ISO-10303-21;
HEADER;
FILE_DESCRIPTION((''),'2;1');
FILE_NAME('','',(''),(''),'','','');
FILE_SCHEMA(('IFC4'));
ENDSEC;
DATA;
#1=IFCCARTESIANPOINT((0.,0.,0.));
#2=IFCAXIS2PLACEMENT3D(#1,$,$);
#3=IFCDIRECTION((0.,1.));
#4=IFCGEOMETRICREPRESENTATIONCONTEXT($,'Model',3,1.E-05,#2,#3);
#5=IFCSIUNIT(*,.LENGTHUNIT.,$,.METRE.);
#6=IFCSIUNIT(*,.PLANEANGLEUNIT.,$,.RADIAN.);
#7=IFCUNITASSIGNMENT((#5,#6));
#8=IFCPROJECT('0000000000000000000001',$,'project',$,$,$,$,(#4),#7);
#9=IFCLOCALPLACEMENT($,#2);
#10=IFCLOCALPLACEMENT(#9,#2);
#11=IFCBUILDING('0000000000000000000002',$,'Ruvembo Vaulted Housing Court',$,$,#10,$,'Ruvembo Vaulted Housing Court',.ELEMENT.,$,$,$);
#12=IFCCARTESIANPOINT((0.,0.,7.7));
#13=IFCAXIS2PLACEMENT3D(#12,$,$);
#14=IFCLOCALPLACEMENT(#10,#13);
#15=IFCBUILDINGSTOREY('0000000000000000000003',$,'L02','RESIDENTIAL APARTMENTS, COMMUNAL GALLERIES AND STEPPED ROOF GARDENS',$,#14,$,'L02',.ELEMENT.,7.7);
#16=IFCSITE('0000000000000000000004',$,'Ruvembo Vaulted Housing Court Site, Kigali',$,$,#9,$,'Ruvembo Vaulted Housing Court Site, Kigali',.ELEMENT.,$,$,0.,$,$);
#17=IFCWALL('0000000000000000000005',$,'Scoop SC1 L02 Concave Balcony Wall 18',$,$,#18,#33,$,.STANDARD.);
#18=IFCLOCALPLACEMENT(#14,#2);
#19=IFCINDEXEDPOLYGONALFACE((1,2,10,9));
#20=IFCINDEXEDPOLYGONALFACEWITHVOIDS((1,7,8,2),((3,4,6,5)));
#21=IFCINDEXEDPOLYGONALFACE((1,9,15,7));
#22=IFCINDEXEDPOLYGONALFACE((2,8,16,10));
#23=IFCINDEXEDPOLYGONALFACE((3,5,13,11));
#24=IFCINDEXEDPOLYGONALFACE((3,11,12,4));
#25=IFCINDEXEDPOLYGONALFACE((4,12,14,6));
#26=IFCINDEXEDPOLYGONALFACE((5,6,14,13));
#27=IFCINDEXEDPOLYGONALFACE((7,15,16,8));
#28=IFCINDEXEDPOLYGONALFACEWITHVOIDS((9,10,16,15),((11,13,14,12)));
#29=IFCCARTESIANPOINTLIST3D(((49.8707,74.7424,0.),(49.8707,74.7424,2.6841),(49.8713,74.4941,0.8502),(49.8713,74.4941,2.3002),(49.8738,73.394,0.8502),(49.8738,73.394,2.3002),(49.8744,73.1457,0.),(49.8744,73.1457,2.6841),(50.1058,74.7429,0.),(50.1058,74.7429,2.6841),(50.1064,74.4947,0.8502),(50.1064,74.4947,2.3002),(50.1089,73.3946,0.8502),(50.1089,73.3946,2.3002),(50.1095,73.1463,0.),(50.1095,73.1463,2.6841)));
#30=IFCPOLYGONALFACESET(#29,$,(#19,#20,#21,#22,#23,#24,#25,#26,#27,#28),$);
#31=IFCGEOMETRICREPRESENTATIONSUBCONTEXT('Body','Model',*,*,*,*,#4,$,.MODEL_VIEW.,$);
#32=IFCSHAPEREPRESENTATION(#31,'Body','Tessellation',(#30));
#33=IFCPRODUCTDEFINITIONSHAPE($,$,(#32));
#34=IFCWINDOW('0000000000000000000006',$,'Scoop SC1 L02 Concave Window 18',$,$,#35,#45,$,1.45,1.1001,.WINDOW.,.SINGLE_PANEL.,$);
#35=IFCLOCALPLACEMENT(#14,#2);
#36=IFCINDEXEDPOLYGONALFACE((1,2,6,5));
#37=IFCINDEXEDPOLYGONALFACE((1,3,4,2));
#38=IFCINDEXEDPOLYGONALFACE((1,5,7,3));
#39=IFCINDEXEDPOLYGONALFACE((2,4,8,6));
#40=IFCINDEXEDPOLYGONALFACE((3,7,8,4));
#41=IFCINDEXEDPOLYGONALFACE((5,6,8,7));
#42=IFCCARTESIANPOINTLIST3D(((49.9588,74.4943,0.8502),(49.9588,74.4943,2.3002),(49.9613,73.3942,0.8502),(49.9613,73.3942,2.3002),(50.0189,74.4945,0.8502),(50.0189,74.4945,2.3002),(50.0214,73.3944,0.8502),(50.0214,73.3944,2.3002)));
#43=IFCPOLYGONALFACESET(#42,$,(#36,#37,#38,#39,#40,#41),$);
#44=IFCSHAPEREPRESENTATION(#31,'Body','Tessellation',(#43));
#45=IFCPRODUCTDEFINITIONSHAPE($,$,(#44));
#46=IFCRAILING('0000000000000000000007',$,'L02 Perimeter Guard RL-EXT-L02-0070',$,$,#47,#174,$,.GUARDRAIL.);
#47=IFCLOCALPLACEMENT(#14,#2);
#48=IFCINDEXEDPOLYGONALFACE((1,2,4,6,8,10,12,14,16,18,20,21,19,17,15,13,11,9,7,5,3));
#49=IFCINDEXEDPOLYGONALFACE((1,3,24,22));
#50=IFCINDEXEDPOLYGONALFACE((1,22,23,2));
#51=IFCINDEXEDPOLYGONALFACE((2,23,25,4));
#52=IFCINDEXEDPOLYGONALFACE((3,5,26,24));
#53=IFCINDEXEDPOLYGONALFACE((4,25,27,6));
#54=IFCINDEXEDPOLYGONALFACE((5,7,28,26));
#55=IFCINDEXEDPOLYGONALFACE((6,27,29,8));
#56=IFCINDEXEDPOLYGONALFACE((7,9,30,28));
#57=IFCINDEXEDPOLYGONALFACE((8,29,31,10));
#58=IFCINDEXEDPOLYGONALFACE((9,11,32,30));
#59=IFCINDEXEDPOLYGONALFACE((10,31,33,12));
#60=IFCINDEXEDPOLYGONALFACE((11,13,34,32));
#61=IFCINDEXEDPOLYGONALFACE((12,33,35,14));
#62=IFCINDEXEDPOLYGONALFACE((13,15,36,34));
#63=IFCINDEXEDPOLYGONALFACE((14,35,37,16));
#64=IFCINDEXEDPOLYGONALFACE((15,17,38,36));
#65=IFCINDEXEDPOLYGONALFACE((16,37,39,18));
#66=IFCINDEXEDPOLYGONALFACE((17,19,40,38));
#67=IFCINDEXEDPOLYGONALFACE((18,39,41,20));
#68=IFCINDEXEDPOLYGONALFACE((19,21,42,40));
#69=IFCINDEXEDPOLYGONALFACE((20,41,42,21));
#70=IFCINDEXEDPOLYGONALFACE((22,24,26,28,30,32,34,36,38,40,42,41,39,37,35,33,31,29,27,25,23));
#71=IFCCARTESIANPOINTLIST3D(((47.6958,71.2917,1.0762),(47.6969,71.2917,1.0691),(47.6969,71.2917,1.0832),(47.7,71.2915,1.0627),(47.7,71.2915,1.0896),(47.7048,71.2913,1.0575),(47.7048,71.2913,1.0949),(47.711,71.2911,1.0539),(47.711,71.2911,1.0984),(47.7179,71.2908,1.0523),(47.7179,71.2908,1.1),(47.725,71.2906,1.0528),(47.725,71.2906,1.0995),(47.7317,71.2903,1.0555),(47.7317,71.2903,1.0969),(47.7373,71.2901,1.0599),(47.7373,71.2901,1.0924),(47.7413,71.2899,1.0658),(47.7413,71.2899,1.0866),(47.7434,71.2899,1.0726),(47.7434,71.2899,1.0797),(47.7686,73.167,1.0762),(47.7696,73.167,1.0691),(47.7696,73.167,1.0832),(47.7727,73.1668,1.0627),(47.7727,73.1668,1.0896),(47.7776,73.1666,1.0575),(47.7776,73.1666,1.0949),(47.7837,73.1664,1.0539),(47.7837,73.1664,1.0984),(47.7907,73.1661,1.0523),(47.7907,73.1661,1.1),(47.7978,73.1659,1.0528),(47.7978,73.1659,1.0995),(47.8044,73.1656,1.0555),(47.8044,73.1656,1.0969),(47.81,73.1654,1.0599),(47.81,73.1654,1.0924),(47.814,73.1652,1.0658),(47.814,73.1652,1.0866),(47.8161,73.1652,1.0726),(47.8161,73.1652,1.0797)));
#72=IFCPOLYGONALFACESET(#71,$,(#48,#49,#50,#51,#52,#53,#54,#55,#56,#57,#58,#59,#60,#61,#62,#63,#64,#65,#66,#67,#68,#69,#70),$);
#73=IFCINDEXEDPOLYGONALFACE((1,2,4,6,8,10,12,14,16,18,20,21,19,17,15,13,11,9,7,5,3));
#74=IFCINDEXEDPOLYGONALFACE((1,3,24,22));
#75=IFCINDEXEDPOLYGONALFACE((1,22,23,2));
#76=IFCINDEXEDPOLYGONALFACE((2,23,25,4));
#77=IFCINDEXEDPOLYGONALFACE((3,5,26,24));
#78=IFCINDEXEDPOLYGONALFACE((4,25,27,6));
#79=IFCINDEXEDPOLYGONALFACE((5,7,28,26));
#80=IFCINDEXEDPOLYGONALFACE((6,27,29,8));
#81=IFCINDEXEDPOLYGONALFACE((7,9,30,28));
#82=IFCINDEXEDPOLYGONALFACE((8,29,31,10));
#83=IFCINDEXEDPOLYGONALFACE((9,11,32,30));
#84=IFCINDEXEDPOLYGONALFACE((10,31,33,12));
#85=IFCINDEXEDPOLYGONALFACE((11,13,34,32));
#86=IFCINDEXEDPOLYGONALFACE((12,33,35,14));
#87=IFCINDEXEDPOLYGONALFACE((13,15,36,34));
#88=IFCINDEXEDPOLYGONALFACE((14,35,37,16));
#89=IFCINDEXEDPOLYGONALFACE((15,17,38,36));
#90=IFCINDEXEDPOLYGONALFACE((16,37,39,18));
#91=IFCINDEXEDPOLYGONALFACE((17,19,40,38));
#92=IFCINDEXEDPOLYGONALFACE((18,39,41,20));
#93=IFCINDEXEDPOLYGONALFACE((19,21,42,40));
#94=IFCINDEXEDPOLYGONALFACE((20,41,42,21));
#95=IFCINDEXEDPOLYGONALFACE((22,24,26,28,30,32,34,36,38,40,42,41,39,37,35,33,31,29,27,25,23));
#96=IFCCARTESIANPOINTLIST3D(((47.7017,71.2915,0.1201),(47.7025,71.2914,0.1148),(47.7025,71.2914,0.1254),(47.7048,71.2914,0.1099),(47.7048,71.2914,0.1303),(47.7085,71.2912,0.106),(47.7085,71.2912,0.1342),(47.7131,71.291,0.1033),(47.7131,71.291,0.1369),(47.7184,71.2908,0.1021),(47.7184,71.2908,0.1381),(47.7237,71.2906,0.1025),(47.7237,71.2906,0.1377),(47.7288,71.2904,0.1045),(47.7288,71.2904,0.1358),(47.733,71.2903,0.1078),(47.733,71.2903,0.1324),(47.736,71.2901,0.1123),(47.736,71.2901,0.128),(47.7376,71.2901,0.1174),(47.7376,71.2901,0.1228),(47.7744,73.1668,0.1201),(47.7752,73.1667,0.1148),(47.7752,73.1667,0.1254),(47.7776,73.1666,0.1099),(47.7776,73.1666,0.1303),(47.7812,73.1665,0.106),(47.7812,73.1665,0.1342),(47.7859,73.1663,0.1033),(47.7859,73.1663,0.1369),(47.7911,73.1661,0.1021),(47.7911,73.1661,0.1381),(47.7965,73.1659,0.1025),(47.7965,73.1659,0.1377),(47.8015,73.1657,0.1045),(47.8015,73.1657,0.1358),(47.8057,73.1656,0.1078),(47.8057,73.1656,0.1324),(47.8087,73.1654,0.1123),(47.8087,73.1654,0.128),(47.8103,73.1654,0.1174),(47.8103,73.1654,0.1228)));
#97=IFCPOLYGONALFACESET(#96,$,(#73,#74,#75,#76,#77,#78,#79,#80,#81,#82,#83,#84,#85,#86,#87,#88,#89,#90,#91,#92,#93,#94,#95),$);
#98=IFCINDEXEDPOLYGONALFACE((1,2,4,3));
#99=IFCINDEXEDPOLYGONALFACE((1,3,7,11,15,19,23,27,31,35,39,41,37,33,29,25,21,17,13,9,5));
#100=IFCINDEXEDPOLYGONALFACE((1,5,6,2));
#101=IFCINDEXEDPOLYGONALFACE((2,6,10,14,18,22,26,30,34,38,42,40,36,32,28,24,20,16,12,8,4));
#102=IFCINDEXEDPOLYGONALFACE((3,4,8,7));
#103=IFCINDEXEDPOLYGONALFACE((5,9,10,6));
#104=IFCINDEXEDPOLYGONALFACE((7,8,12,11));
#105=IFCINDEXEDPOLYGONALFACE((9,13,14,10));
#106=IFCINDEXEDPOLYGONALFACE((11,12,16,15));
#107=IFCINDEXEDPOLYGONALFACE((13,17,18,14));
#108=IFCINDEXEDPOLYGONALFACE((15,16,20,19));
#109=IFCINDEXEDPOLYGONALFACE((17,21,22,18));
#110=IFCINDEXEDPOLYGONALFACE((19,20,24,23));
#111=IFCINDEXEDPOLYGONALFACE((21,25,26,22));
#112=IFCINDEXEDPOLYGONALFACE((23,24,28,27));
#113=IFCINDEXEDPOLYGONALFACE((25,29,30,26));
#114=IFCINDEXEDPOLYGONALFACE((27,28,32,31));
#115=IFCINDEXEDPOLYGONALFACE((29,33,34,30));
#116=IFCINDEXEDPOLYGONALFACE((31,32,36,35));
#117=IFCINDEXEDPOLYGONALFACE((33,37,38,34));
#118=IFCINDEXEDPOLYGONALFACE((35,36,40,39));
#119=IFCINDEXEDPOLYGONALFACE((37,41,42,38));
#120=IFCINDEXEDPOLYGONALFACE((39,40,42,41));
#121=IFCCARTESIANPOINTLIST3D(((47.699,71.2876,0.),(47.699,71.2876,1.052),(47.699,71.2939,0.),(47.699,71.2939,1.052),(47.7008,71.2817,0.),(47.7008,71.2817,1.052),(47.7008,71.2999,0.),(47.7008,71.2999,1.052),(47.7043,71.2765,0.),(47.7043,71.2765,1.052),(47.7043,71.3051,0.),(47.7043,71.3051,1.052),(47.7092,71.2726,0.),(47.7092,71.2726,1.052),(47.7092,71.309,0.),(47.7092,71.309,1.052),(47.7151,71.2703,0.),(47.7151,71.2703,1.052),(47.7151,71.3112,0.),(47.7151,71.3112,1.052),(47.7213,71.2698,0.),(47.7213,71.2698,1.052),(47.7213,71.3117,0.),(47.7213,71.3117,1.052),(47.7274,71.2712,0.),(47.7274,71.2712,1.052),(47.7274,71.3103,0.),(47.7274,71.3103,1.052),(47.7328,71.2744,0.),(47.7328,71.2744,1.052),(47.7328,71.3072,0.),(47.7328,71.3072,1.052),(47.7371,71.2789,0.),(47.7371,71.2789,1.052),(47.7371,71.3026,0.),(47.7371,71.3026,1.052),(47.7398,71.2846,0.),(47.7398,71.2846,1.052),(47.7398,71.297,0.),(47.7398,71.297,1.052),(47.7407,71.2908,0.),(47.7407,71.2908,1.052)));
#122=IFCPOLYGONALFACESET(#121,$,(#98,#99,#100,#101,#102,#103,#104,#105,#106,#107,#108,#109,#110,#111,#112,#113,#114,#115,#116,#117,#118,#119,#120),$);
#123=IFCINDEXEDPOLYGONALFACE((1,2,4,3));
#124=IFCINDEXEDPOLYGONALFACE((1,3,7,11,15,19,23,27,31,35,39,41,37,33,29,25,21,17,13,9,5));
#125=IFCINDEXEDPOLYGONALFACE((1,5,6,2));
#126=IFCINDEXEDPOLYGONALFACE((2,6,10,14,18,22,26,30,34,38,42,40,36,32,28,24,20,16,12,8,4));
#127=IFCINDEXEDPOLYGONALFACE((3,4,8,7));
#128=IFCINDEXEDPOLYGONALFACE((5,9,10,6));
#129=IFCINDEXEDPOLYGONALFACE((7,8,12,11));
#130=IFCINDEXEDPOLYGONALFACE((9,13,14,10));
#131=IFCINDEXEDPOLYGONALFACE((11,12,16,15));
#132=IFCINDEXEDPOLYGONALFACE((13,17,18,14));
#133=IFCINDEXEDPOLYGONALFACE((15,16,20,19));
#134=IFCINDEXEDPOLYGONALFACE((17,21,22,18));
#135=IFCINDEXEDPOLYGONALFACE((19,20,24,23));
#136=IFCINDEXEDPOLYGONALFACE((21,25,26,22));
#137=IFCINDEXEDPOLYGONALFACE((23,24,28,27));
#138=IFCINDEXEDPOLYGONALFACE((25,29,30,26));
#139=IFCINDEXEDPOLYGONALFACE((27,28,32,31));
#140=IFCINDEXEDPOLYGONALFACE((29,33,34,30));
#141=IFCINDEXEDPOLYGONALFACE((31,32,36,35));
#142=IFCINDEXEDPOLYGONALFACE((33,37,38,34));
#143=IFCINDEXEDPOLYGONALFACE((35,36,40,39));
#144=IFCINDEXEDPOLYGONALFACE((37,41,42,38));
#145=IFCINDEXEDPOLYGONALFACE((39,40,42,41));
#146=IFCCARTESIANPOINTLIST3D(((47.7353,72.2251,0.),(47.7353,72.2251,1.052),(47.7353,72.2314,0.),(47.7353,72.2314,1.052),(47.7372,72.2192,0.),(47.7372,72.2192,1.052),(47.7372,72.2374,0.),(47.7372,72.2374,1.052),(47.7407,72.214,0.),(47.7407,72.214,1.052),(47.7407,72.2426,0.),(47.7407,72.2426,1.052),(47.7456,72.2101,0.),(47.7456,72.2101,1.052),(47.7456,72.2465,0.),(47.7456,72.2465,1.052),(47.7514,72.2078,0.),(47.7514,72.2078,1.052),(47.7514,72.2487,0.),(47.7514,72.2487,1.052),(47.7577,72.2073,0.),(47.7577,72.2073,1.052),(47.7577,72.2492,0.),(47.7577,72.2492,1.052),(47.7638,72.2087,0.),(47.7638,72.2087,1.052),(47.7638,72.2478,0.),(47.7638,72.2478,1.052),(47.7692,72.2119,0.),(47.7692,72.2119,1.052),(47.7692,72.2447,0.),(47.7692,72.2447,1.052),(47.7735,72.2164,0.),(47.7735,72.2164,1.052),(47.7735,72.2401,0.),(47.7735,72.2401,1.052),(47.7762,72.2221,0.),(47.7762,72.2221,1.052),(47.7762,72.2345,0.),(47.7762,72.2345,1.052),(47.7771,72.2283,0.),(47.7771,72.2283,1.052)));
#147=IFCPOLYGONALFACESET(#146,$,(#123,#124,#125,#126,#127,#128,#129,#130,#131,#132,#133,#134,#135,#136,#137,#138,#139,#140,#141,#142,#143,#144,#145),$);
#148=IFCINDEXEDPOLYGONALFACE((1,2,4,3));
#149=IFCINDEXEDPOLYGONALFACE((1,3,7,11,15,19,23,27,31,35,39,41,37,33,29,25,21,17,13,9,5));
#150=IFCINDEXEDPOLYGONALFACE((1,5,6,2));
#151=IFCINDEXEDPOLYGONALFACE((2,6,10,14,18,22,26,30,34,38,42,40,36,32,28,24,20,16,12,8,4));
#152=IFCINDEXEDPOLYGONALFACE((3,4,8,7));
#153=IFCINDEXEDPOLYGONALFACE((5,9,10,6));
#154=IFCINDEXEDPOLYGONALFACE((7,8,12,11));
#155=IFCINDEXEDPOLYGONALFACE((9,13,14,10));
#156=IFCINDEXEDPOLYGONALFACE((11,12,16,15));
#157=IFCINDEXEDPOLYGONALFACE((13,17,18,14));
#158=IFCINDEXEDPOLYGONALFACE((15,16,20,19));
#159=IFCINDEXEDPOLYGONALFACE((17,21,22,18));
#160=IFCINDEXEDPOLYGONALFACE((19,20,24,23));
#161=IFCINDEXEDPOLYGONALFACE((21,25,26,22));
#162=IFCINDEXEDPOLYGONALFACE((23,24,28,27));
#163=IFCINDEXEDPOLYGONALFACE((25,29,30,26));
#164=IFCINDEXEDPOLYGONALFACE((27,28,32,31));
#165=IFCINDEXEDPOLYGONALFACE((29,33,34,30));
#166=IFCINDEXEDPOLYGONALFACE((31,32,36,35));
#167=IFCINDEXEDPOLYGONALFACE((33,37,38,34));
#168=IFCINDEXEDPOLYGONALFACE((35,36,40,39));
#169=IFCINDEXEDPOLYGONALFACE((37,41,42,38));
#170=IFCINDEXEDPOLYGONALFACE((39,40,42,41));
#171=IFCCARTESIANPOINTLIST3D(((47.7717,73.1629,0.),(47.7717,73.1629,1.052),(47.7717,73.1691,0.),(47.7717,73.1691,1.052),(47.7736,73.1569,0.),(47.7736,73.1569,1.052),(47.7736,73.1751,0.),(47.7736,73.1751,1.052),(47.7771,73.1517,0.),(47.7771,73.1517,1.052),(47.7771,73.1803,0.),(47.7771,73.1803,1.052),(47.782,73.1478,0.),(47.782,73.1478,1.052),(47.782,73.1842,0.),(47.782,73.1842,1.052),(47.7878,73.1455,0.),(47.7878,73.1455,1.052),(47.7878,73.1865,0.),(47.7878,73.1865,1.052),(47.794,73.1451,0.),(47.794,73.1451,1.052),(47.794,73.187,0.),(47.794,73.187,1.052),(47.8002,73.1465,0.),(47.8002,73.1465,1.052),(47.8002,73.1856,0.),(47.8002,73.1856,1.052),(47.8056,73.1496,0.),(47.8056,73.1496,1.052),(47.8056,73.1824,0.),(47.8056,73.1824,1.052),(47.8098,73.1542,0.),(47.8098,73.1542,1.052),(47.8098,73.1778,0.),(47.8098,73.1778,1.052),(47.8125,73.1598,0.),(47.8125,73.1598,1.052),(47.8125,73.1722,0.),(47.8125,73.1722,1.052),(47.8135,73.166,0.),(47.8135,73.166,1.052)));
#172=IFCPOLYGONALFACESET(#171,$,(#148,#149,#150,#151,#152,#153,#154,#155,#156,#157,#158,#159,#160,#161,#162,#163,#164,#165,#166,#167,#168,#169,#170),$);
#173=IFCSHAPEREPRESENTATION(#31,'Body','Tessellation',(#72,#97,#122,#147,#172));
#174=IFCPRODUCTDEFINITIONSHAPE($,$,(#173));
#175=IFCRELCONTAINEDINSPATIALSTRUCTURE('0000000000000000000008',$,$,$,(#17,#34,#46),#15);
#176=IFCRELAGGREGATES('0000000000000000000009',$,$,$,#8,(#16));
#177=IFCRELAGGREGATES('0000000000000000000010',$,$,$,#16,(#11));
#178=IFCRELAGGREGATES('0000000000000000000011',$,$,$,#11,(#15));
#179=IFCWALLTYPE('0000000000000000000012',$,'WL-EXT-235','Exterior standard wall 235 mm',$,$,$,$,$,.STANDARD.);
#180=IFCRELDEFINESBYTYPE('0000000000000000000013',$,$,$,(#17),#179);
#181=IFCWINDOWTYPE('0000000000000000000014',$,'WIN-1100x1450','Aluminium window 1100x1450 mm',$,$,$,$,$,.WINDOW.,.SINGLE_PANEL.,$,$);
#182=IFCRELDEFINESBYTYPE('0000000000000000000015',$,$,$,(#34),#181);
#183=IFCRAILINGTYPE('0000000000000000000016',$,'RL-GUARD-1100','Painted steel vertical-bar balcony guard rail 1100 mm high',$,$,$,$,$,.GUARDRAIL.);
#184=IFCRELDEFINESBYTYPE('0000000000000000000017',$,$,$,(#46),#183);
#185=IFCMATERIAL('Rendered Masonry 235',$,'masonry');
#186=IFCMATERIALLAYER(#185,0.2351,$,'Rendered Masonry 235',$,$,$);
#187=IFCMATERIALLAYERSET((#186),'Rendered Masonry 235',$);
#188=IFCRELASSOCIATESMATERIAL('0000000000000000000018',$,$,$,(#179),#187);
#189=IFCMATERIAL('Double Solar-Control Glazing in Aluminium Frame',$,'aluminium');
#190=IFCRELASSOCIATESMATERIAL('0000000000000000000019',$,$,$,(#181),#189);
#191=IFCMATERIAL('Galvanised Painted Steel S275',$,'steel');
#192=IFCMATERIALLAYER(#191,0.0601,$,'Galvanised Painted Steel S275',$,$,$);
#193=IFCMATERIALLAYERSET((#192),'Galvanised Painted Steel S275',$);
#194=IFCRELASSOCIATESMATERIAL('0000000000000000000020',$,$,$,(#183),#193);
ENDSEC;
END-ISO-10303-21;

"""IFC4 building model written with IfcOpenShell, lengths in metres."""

from ifc_helpers import new_model, si_unit, direction, frame, frame_2d, origin, origin_2d, place, context, subcontext, project, spatial, rectangle, circle, extrude, material, layer, layer_set, type_object, element, fill, save


model = new_model("IFC4")

# Units and contexts
model_context = context("Model", 3, precision=1e-05, world=origin(), true_north=direction((0.0, 1.0)))
body_context = subcontext(model_context, "Body", "Model", "MODEL_VIEW")
ifc_project = project(units=[si_unit("LENGTHUNIT", "METRE"), si_unit("PLANEANGLEUNIT", "RADIAN")], contexts=[model_context])

# Site, building, storey
site_placement = place(None, origin())
site = spatial("IfcSite", under=ifc_project, at=site_placement, Name="Ruvembo Vaulted Housing Court Site, Kigali", LongName="Ruvembo Vaulted Housing Court Site, Kigali", CompositionType="ELEMENT", RefElevation=0.0)
building_placement = place(site_placement, origin())
building = spatial("IfcBuilding", under=site, at=building_placement, Name="Ruvembo Vaulted Housing Court", LongName="Ruvembo Vaulted Housing Court", CompositionType="ELEMENT")
storey_placement = place(building_placement, frame((0.0, 0.0, 7.7)))
storey = spatial("IfcBuildingStorey", under=building, at=storey_placement, Name="L02", Description="RESIDENTIAL APARTMENTS, COMMUNAL GALLERIES AND STEPPED ROOF GARDENS", LongName="L02", CompositionType="ELEMENT", Elevation=7.7)

# Wall, opening, window
ifc_material_1 = material(Name="Rendered Masonry 235", Category="masonry")
ifc_layer_1 = layer(ifc_material_1, 0.2351, Name="Rendered Masonry 235")
ifc_layer_set_1 = layer_set([ifc_layer_1], Name="Rendered Masonry 235")
wall_type = type_object("IfcWallType", Name="WL-EXT-235", Description="Exterior standard wall 235 mm", PredefinedType="STANDARD", material=ifc_layer_set_1)
wall_placement = place(storey_placement, frame((49.9919, 73.146, 0.0), z_axis=(0.0, 0.0, 1.0), x_axis=(-0.002294, 0.999997, 0.0)))
wall = element("IfcWall", 1, at=wall_placement, inside=storey, type_object=wall_type, Name="Scoop SC1 L02 Concave Balcony Wall 18", PredefinedType="STANDARD", context=body_context, shape_type="SweptSolid", body=[
    extrude(rectangle(XDim=1.5967, YDim=0.2351, at=frame_2d((0.7983, 0.0))), origin(), (0.0, 0.0, 1.0), 2.6841),
])
opening_placement = place(wall_placement, frame((0.2483, 0.0, 0.8501)))
opening = element("IfcOpeningElement", 2, at=opening_placement, cuts=wall, PredefinedType="OPENING", context=body_context, shape_type="SweptSolid", body=[
    extrude(rectangle(XDim=1.1001, YDim=1.45, at=frame_2d((0.55, 0.7251))), frame((0.0, 0.1274, 0.0), z_axis=(0.0, -1.0, 0.0), x_axis=(1.0, 0.0, 0.0)), (0.0, 0.0, 1.0), 0.2551),
])
ifc_material_2 = material(Name="Double Solar-Control Glazing in Aluminium Frame", Category="aluminium")
window_type = type_object("IfcWindowType", Name="WIN-1100x1450", Description="Aluminium window 1100x1450 mm", PartitioningType="SINGLE_PANEL", PredefinedType="WINDOW", material=ifc_material_2)
window_placement = place(opening_placement, origin())
window = element("IfcWindow", 3, at=window_placement, inside=storey, type_object=window_type, Name="Scoop SC1 L02 Concave Window 18", OverallHeight=1.45, OverallWidth=1.1001, PartitioningType="SINGLE_PANEL", PredefinedType="WINDOW", context=body_context, shape_type="SweptSolid", body=[
    extrude(rectangle(XDim=1.1001, YDim=1.45, at=frame_2d((0.55, 0.7251))), frame((0.0, 0.03, 0.0), z_axis=(0.0, -1.0, 0.0), x_axis=(1.0, 0.0, 0.0)), (0.0, 0.0, 1.0), 0.0601),
])
fill(opening, window)

# Railing
ifc_material_3 = material(Name="Galvanised Painted Steel S275", Category="steel")
ifc_layer_2 = layer(ifc_material_3, 0.0601, Name="Galvanised Painted Steel S275")
ifc_layer_set_2 = layer_set([ifc_layer_2], Name="Galvanised Painted Steel S275")
railing_type = type_object("IfcRailingType", Name="RL-GUARD-1100", Description="Painted steel vertical-bar balcony guard rail 1100 mm high", PredefinedType="GUARDRAIL", material=ifc_layer_set_2)
railing_1_placement = place(storey_placement, frame((47.7197, 71.2908, 0.0)))
element("IfcRailing", 4, at=railing_1_placement, inside=storey, type_object=railing_type, Name="L02 Perimeter Guard RL-EXT-L02-0070", PredefinedType="GUARDRAIL", context=body_context, shape_type="SweptSolid", body=[
    extrude(circle(Radius=0.0239, at=origin_2d()), frame((0.0, 0.0, 1.0762), z_axis=(0.038768, 0.999248, 0.0), x_axis=(-0.999248, 0.038768, 0.0)), (0.0, 0.0, 1.0), 1.8767),
    extrude(circle(Radius=0.0181, at=origin_2d()), frame((0.0, 0.0, 0.1201), z_axis=(0.038768, 0.999248, 0.0), x_axis=(-0.999248, 0.038768, 0.0)), (0.0, 0.0, 1.0), 1.8767),
    extrude(circle(Radius=0.021, at=origin_2d()), origin(), (0.0, 0.0, 1.0), 1.052),
    extrude(circle(Radius=0.021, at=origin_2d()), frame((0.0364, 0.9375, 0.0)), (0.0, 0.0, 1.0), 1.052),
    extrude(circle(Radius=0.021, at=origin_2d()), frame((0.0728, 1.8752, 0.0)), (0.0, 0.0, 1.0), 1.052),
])

save(model, "model.ifc")
